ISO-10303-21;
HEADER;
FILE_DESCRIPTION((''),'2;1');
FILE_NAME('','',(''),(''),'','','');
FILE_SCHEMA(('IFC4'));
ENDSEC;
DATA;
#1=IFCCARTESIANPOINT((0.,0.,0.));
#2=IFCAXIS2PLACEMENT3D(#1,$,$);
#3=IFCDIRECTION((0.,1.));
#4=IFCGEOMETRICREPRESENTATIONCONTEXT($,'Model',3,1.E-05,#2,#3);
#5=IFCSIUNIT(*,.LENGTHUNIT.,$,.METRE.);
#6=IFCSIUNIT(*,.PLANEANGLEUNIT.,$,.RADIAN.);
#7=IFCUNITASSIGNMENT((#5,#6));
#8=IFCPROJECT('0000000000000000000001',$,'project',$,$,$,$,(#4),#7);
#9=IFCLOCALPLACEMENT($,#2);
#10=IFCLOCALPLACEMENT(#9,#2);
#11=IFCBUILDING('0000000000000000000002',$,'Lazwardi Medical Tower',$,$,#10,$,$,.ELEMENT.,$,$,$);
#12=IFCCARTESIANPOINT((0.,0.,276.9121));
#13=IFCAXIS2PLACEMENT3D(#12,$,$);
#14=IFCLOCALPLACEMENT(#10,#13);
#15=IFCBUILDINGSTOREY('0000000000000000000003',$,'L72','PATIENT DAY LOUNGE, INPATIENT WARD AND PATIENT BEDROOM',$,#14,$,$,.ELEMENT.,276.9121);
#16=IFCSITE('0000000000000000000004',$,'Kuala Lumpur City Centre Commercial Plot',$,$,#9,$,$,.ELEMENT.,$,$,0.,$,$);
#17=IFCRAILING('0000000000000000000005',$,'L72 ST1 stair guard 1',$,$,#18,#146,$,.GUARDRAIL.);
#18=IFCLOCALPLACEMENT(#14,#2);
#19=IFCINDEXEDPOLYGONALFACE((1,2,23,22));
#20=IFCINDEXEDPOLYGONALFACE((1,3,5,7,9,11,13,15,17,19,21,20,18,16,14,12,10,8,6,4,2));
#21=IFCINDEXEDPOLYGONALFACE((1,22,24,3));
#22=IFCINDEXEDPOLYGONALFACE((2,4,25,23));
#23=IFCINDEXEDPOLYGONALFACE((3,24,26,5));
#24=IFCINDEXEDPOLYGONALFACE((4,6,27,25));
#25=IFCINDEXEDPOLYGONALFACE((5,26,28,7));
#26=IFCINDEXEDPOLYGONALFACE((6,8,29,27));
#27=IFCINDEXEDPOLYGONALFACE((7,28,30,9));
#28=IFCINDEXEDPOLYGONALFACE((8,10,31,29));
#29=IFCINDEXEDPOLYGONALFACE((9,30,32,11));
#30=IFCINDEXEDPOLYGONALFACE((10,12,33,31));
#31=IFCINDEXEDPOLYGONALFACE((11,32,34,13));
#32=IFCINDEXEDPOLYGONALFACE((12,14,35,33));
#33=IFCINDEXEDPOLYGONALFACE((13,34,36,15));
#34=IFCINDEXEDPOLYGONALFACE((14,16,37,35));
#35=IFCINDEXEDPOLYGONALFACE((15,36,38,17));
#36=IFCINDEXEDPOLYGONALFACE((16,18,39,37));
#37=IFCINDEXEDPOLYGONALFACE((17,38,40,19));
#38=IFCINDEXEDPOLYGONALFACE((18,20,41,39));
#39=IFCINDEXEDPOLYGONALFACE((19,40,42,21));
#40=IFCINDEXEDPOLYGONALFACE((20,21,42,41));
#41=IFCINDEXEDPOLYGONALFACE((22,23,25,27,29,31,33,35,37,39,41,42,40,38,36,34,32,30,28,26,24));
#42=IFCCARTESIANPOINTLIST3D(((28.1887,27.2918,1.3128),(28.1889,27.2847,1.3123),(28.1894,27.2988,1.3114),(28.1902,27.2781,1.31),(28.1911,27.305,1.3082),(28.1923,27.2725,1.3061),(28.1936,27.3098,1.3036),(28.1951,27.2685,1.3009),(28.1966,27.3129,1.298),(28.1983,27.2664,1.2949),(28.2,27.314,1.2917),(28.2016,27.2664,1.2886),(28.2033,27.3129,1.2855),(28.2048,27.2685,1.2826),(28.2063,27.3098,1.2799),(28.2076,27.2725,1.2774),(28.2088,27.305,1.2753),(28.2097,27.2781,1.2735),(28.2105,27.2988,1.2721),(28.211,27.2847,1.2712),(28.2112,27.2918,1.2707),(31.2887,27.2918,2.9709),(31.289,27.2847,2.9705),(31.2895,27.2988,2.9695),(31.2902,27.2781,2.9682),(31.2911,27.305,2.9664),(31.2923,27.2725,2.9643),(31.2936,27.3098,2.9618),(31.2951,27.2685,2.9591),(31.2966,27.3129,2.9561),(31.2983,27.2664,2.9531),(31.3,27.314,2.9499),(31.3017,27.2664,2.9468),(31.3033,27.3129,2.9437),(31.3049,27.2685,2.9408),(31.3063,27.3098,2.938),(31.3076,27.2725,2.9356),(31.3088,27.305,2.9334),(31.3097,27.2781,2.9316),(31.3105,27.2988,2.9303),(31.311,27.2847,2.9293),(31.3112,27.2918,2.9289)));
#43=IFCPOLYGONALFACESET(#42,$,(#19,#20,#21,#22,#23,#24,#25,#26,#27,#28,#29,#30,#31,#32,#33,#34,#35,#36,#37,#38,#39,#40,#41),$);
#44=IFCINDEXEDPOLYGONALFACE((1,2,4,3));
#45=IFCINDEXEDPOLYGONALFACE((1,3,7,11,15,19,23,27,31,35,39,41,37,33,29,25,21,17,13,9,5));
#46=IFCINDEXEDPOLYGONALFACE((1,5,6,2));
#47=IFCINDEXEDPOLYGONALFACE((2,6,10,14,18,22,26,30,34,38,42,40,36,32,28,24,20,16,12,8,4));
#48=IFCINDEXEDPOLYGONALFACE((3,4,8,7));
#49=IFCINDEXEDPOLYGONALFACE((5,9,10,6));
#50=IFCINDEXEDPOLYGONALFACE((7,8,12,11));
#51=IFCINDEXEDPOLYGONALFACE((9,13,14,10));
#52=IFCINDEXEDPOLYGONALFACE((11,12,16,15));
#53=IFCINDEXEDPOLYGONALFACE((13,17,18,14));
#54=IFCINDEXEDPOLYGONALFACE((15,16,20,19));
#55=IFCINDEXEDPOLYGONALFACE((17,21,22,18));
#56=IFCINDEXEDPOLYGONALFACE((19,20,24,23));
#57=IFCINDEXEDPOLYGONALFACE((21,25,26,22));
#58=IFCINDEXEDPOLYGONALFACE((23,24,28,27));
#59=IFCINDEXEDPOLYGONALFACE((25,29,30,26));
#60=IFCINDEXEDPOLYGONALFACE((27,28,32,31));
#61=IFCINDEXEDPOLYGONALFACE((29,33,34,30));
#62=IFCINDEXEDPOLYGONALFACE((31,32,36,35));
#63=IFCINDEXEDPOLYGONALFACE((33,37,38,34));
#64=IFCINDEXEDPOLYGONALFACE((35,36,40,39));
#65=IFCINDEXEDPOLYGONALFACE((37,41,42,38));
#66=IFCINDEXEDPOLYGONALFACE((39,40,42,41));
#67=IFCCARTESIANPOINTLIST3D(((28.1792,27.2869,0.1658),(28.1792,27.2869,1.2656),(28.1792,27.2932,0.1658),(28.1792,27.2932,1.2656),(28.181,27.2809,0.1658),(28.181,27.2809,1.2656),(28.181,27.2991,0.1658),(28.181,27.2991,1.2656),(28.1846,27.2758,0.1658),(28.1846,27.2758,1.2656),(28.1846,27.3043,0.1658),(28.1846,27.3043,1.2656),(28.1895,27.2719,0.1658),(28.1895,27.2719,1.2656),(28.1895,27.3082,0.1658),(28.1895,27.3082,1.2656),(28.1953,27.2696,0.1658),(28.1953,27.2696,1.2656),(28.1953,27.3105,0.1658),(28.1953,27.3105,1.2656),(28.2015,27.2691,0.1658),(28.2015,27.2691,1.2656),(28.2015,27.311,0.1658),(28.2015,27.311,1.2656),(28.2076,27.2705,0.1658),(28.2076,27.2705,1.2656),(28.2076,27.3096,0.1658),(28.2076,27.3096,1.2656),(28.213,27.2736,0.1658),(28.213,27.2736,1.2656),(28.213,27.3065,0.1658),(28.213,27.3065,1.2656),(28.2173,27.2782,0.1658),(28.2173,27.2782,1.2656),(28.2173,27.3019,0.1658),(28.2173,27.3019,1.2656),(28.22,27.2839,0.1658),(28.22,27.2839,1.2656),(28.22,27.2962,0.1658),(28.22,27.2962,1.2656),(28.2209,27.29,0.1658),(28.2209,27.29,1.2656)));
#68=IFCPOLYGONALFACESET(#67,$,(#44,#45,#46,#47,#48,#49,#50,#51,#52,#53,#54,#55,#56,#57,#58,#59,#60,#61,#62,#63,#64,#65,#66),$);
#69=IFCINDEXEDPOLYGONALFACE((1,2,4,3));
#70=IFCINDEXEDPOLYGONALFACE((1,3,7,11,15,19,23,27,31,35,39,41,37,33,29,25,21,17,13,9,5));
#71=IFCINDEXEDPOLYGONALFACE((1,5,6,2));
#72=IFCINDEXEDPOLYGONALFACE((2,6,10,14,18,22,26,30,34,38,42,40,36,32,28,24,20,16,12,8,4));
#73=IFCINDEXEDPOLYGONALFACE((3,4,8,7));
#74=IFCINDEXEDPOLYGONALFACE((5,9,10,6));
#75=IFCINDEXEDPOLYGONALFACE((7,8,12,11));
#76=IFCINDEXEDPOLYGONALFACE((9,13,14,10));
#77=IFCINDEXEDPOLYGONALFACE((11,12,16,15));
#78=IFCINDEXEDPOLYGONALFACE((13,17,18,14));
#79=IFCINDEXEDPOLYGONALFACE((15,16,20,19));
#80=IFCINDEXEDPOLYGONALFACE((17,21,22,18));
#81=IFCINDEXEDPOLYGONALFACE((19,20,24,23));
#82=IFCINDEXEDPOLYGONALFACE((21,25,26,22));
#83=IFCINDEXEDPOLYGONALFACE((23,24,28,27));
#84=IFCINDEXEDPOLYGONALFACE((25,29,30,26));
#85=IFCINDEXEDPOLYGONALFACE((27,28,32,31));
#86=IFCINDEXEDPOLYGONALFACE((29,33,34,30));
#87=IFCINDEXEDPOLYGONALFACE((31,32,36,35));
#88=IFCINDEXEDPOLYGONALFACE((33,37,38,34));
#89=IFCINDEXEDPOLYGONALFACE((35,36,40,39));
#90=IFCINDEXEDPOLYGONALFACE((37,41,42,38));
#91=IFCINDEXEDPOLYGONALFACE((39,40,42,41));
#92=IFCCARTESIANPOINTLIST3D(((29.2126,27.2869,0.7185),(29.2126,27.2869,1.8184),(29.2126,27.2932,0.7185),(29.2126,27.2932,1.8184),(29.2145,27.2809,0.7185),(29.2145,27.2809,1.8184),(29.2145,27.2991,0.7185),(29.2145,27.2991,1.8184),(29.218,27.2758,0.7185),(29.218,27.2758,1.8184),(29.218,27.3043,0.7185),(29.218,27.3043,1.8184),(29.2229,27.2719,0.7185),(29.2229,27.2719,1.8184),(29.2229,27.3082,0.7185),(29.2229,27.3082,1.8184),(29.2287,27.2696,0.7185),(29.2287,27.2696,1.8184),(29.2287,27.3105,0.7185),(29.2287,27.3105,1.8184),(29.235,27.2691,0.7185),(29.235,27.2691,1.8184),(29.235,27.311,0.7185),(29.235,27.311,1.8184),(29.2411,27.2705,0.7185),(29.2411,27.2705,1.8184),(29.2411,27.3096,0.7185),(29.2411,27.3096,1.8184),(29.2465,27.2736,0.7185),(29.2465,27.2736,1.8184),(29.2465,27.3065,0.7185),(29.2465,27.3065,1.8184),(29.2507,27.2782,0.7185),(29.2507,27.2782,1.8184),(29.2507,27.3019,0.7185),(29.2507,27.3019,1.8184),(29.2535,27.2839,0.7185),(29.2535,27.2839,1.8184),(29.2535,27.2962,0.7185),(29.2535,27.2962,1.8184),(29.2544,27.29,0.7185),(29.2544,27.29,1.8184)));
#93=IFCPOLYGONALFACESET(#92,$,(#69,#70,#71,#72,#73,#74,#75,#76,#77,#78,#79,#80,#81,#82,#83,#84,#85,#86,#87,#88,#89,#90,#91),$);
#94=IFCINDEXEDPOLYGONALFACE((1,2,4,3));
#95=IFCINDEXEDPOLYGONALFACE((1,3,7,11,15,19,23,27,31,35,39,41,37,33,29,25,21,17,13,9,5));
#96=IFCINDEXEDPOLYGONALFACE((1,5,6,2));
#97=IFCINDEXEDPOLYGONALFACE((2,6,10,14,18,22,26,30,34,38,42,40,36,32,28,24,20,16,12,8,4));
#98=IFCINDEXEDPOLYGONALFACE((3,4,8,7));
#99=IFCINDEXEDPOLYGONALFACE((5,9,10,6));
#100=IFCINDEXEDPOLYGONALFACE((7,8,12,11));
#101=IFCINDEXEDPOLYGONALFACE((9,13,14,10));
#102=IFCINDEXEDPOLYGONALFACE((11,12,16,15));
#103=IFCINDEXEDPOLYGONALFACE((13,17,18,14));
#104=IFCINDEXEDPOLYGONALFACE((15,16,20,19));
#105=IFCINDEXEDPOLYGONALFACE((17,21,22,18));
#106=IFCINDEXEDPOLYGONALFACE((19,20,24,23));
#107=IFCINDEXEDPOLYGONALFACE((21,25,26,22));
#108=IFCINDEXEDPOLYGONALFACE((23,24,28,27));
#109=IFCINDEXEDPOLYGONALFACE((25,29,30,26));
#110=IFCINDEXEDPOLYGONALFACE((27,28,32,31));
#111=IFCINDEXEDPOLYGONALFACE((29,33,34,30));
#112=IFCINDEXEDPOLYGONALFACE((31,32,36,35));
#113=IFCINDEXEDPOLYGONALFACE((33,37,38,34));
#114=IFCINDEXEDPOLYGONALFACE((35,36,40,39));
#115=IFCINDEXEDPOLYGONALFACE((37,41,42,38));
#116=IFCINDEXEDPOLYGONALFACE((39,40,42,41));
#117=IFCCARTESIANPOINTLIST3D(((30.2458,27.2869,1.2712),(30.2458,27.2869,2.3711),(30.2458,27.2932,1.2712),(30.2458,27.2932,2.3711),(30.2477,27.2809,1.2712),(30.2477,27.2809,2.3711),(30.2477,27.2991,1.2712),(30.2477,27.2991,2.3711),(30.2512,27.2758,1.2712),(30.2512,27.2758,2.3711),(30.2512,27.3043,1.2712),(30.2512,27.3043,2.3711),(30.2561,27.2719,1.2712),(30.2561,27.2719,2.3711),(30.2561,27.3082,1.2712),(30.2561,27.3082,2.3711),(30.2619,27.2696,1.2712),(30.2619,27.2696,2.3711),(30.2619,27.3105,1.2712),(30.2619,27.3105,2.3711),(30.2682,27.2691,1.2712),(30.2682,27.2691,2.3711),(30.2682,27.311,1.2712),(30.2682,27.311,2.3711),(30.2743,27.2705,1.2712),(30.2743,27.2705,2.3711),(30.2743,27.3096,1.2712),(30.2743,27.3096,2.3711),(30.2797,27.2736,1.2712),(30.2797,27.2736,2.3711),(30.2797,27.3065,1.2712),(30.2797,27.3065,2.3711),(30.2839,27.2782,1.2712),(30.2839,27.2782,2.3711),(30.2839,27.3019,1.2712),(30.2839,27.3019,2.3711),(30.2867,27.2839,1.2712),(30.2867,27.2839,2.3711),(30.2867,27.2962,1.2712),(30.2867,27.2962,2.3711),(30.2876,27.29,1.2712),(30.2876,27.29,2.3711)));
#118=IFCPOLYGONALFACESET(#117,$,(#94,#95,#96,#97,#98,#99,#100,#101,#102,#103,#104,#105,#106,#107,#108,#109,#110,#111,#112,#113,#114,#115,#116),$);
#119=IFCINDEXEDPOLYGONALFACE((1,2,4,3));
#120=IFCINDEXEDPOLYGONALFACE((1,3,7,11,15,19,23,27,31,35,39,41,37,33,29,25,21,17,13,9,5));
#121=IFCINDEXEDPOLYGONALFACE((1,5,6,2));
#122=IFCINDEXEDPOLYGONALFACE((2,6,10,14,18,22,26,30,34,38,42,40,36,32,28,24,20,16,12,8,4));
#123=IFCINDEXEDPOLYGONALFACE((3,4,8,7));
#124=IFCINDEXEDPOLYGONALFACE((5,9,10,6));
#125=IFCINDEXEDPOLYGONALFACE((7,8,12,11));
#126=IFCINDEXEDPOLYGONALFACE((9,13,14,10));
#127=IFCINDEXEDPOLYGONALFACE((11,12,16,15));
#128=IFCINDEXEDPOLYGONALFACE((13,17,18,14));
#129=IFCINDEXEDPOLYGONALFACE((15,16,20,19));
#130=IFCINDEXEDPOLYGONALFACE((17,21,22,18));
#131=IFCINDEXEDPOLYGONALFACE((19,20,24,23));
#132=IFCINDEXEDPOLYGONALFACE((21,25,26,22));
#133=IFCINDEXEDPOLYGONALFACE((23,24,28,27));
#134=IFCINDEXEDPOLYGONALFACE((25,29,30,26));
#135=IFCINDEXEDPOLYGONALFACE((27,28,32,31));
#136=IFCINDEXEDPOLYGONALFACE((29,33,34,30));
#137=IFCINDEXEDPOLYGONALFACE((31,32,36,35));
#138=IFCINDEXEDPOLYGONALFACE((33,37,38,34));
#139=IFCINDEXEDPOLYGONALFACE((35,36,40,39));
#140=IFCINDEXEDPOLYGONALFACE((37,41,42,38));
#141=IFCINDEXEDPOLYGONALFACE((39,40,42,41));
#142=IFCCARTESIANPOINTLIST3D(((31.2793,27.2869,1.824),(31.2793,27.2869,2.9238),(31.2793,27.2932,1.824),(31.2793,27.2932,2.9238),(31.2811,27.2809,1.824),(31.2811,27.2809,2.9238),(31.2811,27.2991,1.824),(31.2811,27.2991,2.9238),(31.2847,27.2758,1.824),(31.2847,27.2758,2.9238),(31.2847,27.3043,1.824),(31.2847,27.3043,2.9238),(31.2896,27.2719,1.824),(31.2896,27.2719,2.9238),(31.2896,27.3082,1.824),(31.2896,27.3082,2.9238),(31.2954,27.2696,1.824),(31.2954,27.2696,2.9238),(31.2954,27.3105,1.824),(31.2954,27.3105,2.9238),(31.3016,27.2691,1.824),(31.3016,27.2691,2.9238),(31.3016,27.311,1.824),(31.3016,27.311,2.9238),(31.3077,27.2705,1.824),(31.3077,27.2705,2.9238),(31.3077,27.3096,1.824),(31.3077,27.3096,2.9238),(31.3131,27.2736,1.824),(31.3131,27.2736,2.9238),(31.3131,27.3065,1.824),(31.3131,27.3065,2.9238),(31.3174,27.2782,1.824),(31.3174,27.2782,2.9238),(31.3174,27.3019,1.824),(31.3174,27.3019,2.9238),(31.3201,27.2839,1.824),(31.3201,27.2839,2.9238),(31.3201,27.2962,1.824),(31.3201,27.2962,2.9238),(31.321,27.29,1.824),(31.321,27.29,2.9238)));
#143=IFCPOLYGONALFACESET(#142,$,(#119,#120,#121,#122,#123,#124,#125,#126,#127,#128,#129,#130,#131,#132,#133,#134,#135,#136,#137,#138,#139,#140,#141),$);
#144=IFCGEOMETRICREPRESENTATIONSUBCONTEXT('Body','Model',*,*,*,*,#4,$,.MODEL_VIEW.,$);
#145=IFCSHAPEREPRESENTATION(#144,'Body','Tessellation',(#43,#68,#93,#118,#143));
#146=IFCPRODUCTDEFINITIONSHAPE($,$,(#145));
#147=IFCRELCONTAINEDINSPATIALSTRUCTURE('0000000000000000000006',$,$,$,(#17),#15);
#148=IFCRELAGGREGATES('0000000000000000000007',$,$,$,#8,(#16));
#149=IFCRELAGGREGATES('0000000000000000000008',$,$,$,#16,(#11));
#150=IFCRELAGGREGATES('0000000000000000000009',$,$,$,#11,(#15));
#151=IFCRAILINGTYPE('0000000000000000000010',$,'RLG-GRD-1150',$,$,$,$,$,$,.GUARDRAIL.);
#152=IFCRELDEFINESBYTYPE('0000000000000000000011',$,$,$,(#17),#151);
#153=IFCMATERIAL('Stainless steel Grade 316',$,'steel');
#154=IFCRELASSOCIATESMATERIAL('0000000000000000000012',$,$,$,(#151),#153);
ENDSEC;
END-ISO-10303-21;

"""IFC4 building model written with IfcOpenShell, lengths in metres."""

from ifc_helpers import new_model, si_unit, direction, frame, origin, origin_2d, place, context, subcontext, project, spatial, circle, extrude, material, type_object, element, save


model = new_model("IFC4")

# Units and contexts
model_context = context("Model", 3, precision=1e-05, world=origin(), true_north=direction((0.0, 1.0)))
body_context = subcontext(model_context, "Body", "Model", "MODEL_VIEW")
ifc_project = project(units=[si_unit("LENGTHUNIT", "METRE"), si_unit("PLANEANGLEUNIT", "RADIAN")], contexts=[model_context])

# Site, building, storey
site_placement = place(None, origin())
site = spatial("IfcSite", under=ifc_project, at=site_placement, Name="Kuala Lumpur City Centre Commercial Plot", CompositionType="ELEMENT", RefElevation=0.0)
building_placement = place(site_placement, origin())
building = spatial("IfcBuilding", under=site, at=building_placement, Name="Lazwardi Medical Tower", CompositionType="ELEMENT")
storey_placement = place(building_placement, frame((0.0, 0.0, 276.9121)))
storey = spatial("IfcBuildingStorey", under=building, at=storey_placement, Name="L72", Description="PATIENT DAY LOUNGE, INPATIENT WARD AND PATIENT BEDROOM", CompositionType="ELEMENT", Elevation=276.9121)

# Railing
ifc_material_1 = material(Name="Stainless steel Grade 316", Category="steel")
railing_type_1 = type_object("IfcRailingType", Name="RLG-GRD-1150", PredefinedType="GUARDRAIL", material=ifc_material_1)
railing_1_placement = place(storey_placement, frame((28.2, 27.29, 0.1658)))
element("IfcRailing", 1, at=railing_1_placement, inside=storey, type_object=railing_type_1, Name="L72 ST1 stair guard 1", PredefinedType="GUARDRAIL", context=body_context, shape_type="SweptSolid", body=[
    extrude(circle(Radius=0.0239, at=origin_2d()), frame((0.0, 0.0, 1.126), z_axis=(0.881783, 0.0, 0.471655), x_axis=(0.0, 1.0, 0.0)), (0.0, 0.0, 1.0), 3.5156),
    extrude(circle(Radius=0.021, at=origin_2d()), origin(), (0.0, 0.0, 1.0), 1.0999),
    extrude(circle(Radius=0.021, at=origin_2d()), frame((1.0334, 0.0, 0.5527)), (0.0, 0.0, 1.0), 1.0999),
    extrude(circle(Radius=0.021, at=origin_2d()), frame((2.0667, 0.0, 1.1055)), (0.0, 0.0, 1.0), 1.0999),
    extrude(circle(Radius=0.021, at=origin_2d()), frame((3.1001, 0.0, 1.6582)), (0.0, 0.0, 1.0), 1.0999),
])

save(model, "model.ifc")
